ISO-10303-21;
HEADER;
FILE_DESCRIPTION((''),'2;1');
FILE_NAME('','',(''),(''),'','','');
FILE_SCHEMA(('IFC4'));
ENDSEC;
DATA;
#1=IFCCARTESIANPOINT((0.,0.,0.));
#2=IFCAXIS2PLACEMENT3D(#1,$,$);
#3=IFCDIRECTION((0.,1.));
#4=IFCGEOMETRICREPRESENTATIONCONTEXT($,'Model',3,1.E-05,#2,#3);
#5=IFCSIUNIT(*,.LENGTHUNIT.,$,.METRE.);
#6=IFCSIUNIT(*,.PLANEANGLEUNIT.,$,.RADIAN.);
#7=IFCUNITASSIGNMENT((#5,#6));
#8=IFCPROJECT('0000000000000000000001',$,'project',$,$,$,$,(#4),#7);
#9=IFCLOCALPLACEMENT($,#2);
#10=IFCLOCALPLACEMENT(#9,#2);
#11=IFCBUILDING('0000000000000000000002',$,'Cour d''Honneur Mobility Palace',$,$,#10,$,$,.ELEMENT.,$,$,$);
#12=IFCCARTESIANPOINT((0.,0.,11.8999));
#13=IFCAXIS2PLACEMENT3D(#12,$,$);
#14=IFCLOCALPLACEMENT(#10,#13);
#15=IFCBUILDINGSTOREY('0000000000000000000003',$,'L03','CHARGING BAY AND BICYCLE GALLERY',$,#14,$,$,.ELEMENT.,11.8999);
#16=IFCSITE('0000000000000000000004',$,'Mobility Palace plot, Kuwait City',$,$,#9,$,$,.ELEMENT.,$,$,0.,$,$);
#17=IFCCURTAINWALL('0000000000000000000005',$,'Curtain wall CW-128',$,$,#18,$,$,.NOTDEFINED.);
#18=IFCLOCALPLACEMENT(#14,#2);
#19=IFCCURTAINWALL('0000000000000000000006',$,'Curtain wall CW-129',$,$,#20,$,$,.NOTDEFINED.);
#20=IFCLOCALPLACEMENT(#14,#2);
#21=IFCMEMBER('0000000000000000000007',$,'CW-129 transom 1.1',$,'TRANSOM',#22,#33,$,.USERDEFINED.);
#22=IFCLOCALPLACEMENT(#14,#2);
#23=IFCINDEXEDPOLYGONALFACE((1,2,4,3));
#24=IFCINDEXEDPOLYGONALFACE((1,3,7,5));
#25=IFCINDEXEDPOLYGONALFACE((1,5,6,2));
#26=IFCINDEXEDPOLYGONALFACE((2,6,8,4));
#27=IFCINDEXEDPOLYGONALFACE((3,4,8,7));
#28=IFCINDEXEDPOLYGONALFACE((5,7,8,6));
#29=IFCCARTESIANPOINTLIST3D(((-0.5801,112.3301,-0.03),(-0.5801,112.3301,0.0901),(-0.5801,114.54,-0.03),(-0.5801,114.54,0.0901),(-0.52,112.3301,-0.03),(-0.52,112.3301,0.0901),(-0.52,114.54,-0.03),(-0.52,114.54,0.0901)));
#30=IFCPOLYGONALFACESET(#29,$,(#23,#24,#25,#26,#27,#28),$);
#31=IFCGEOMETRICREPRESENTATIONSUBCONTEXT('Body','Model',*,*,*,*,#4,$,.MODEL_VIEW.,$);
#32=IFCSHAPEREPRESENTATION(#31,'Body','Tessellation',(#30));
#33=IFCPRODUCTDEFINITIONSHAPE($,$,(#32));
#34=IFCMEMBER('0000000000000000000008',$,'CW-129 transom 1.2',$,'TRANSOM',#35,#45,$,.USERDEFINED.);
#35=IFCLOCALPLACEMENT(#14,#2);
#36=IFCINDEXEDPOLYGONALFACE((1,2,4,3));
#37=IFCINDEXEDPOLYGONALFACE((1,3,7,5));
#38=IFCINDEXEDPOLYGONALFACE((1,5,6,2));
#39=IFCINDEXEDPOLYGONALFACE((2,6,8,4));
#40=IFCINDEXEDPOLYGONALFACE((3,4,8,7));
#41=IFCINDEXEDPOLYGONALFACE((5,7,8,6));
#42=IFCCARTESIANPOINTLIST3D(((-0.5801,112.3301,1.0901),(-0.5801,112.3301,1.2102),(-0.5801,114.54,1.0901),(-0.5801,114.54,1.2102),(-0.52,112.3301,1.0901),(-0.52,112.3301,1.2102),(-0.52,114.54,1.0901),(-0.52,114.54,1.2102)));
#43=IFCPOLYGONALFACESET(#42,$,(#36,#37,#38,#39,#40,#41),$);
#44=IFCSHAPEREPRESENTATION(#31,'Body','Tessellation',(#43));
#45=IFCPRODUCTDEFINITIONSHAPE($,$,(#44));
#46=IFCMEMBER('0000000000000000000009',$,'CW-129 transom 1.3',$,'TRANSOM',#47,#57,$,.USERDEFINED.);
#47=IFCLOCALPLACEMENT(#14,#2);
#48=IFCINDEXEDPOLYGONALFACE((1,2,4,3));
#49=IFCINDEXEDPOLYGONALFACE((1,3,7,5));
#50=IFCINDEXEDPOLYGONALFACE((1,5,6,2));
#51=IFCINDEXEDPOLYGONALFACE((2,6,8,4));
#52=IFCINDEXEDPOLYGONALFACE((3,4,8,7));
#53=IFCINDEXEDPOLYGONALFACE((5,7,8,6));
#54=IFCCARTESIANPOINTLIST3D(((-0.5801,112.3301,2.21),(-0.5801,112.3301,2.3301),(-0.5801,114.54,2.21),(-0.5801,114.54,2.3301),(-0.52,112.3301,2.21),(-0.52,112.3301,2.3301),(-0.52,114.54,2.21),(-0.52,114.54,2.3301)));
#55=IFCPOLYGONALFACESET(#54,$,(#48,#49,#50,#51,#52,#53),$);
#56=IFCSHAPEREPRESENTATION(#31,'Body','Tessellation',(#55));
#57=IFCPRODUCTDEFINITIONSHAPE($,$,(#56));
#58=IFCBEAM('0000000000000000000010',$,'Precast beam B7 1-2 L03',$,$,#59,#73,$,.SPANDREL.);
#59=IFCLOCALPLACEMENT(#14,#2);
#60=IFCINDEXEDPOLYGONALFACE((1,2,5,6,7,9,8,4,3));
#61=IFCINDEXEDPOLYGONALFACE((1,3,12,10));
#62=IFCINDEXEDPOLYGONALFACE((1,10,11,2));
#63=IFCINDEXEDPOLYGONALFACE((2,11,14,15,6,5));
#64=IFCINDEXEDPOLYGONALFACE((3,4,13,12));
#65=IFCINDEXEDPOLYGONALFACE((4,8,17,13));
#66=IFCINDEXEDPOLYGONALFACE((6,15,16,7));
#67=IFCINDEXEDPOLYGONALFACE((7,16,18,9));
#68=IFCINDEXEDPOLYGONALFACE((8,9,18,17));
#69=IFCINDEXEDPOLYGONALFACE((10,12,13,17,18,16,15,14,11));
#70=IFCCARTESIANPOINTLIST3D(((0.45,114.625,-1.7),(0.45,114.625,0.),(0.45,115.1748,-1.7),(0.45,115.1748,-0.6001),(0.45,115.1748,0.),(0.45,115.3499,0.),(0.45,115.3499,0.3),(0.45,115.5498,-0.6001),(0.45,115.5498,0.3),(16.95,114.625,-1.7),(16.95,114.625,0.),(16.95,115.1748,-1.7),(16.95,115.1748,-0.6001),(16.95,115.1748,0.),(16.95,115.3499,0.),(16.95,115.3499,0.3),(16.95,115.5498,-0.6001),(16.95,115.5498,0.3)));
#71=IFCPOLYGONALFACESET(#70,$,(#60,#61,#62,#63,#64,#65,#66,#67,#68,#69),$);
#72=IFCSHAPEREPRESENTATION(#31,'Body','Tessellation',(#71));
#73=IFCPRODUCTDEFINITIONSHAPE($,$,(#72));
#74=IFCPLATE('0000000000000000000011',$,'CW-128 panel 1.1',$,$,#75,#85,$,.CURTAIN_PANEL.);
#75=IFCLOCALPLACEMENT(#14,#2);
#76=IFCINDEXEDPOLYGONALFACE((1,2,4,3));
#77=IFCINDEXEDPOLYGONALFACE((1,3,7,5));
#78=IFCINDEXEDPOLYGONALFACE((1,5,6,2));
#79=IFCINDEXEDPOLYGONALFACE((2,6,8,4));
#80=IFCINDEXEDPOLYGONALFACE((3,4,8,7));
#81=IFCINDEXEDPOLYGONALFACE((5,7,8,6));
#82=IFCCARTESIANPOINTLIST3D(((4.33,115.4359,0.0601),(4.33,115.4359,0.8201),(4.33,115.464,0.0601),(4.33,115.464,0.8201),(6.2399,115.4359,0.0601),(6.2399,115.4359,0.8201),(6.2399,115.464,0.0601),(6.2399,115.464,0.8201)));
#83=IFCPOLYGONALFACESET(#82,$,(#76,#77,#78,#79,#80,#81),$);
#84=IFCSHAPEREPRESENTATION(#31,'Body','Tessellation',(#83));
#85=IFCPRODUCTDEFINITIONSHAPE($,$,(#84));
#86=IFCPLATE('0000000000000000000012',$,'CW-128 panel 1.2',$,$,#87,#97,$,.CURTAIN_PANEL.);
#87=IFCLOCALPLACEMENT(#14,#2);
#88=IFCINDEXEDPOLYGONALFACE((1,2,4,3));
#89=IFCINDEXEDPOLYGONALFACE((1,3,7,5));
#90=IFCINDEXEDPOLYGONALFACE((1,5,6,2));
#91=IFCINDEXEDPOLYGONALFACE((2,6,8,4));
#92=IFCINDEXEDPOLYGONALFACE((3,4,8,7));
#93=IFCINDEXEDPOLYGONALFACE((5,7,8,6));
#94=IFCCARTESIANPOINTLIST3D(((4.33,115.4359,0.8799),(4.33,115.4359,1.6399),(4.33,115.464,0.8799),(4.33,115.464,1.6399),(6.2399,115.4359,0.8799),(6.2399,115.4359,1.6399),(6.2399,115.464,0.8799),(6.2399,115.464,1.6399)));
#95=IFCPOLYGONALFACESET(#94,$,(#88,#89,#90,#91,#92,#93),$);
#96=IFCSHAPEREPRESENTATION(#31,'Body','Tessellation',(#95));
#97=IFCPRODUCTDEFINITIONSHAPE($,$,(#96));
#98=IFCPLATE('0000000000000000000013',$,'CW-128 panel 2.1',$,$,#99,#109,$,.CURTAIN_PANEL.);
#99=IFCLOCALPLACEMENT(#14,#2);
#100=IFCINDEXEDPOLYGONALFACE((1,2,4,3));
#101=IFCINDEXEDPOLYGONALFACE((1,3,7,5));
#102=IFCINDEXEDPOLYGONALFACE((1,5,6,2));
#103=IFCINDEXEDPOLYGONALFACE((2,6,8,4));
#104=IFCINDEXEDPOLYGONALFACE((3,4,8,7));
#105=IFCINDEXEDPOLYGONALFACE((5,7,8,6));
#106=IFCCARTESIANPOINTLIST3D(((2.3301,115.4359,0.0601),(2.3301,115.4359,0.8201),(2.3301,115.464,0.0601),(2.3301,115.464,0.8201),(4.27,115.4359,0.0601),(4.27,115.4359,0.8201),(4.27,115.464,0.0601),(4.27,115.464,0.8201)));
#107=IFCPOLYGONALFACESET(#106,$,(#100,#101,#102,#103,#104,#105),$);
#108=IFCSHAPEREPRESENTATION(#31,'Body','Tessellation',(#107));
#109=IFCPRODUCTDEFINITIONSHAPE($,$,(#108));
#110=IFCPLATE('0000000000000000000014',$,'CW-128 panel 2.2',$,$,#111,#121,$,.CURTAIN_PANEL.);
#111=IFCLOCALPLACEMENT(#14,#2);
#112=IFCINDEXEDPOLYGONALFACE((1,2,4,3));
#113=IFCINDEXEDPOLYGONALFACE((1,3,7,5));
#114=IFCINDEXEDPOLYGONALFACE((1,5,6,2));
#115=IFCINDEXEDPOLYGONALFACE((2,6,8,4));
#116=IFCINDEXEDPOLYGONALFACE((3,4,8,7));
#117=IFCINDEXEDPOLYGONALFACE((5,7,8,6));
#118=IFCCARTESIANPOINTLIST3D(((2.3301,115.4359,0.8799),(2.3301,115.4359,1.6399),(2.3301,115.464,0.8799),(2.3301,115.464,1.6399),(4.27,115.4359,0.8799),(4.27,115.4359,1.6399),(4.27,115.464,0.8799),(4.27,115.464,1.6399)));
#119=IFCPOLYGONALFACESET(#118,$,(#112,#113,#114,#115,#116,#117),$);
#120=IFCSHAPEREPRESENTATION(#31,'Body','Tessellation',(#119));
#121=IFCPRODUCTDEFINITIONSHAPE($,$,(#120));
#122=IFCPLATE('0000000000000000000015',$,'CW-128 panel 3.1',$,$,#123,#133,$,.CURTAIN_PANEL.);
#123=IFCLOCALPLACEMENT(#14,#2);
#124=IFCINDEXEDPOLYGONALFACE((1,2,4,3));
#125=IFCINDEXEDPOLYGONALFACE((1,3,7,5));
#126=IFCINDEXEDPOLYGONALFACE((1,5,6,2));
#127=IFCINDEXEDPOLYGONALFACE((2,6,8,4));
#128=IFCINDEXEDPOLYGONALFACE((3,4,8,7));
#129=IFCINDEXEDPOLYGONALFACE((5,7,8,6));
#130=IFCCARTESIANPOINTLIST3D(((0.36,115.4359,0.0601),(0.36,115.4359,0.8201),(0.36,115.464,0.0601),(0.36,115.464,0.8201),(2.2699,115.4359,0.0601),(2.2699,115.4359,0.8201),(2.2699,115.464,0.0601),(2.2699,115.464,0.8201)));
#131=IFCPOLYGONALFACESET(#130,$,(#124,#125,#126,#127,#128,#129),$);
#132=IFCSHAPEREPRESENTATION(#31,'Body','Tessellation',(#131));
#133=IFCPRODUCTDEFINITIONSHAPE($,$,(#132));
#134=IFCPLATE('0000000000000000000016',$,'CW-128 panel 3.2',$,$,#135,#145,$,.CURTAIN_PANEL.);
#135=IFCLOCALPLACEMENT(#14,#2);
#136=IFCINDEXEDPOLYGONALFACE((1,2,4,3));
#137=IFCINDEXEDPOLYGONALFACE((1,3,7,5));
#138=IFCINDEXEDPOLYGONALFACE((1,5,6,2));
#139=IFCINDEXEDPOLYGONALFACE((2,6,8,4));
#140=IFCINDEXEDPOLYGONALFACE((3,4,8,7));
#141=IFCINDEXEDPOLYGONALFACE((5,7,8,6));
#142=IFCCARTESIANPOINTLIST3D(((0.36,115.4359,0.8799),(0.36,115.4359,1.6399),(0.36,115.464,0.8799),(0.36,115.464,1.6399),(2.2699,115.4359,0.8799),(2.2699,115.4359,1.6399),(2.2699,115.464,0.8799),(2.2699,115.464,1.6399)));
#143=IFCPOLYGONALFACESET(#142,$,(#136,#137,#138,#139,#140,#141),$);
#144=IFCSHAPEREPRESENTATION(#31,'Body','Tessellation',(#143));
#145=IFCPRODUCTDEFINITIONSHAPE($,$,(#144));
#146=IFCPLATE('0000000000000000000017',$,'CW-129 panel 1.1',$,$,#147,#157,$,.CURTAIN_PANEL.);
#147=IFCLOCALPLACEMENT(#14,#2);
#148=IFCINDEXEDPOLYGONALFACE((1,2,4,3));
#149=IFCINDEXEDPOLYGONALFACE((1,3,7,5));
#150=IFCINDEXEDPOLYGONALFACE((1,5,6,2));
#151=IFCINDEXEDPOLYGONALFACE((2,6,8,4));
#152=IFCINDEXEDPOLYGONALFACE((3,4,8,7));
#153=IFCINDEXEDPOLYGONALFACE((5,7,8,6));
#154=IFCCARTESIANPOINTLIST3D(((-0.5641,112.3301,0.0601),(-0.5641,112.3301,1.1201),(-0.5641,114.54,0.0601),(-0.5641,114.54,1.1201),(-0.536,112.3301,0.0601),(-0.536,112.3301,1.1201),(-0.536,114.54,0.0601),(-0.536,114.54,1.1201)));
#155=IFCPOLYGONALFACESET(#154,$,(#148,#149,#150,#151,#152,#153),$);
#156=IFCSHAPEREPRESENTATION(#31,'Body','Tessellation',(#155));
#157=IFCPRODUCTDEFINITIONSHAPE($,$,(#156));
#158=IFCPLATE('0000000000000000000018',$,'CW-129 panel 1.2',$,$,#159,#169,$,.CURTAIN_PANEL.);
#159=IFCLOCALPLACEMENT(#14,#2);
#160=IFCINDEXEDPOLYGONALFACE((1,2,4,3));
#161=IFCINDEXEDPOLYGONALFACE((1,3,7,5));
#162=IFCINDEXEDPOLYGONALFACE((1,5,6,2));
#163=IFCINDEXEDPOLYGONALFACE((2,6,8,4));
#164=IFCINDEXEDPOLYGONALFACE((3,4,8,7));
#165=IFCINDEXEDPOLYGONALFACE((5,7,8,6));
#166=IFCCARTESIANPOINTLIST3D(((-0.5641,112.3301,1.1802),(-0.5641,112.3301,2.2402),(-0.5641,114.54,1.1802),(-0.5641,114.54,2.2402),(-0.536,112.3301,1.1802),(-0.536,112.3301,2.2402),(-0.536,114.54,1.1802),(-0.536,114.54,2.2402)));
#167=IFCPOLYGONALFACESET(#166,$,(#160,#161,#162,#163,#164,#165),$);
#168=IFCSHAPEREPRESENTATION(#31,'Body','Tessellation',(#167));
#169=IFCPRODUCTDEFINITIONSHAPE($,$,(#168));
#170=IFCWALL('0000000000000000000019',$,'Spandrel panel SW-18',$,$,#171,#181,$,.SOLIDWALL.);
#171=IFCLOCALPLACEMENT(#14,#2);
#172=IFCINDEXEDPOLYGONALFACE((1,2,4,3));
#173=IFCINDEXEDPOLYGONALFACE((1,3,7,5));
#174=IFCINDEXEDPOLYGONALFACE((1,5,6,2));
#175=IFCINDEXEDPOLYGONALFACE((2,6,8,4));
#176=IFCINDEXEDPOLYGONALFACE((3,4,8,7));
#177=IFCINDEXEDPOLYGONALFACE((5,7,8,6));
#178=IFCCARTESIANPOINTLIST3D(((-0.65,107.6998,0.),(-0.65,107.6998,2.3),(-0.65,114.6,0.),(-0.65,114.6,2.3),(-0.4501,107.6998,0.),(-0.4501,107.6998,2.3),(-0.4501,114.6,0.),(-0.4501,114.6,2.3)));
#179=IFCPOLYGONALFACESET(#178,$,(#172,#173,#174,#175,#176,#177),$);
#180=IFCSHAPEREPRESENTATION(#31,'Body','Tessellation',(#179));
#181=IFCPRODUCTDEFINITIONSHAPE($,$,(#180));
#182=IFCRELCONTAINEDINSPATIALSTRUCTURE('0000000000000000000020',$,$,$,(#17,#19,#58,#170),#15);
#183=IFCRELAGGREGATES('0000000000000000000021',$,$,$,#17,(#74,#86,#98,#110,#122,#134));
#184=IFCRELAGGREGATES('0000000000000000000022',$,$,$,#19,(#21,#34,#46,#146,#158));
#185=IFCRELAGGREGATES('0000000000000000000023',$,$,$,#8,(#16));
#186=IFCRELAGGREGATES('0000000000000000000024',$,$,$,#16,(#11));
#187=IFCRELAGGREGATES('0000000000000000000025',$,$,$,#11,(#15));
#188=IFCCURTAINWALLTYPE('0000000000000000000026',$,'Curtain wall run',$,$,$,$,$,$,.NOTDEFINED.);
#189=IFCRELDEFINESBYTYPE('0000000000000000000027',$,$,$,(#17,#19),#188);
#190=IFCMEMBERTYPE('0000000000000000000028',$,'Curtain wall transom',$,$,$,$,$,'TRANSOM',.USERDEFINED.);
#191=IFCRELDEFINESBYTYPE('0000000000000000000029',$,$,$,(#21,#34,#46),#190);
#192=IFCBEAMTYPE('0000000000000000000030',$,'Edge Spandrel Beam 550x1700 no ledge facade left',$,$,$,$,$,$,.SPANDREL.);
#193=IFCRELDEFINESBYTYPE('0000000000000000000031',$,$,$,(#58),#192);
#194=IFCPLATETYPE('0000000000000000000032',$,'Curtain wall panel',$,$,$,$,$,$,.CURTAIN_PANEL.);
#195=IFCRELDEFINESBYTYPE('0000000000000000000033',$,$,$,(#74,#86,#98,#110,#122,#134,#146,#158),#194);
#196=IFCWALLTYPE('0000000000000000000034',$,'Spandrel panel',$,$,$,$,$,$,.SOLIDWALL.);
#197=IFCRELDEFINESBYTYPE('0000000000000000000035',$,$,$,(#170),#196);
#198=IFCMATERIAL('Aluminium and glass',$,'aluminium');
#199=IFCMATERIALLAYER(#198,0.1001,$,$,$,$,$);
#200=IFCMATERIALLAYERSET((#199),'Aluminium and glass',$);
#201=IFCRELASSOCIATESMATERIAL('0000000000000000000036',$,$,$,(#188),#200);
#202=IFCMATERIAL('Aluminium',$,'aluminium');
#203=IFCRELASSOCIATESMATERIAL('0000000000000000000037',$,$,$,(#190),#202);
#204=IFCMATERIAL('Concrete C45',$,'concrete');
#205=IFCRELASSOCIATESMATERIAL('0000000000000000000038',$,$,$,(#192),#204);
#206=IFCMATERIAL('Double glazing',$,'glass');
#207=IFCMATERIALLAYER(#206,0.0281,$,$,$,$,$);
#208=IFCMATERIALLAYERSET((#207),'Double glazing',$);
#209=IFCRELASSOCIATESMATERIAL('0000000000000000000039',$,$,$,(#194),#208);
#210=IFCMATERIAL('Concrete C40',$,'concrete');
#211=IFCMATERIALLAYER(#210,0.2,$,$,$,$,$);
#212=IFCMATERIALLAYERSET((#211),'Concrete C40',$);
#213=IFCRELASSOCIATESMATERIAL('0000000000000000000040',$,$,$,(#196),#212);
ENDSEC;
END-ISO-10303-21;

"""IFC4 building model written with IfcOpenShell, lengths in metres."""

from ifc_helpers import new_model, si_unit, direction, frame, frame_2d, origin, origin_2d, place, context, subcontext, project, spatial, polyline, rectangle, outline, extrude, material, layer, layer_set, material_profile, profile_set, type_object, element, aggregate, save


model = new_model("IFC4")

# Units and contexts
model_context = context("Model", 3, precision=1e-05, world=origin(), true_north=direction((0.0, 1.0)))
body_context = subcontext(model_context, "Body", "Model", "MODEL_VIEW")
ifc_project = project(units=[si_unit("LENGTHUNIT", "METRE"), si_unit("PLANEANGLEUNIT", "RADIAN")], contexts=[model_context])

# Site, building, storey
site_placement = place(None, origin())
site = spatial("IfcSite", under=ifc_project, at=site_placement, Name="Mobility Palace plot, Kuwait City", CompositionType="ELEMENT", RefElevation=0.0)
building_placement = place(site_placement, origin())
building = spatial("IfcBuilding", under=site, at=building_placement, Name="Cour d'Honneur Mobility Palace", CompositionType="ELEMENT")
storey_placement = place(building_placement, frame((0.0, 0.0, 11.8999)))
storey = spatial("IfcBuildingStorey", under=building, at=storey_placement, Name="L03", Description="CHARGING BAY AND BICYCLE GALLERY", CompositionType="ELEMENT", Elevation=11.8999)

# Curtain wall
ifc_material_1 = material(Name="Aluminium and glass", Category="aluminium")
ifc_layer_1 = layer(ifc_material_1, 0.1001)
ifc_layer_set_1 = layer_set([ifc_layer_1], Name="Aluminium and glass")
curtain_wall_type = type_object("IfcCurtainWallType", Name="Curtain wall run", PredefinedType="NOTDEFINED", material=ifc_layer_set_1)
curtain_wall_1_placement = place(storey_placement, origin())
curtain_wall_1 = element("IfcCurtainWall", 1, at=curtain_wall_1_placement, inside=storey, type_object=curtain_wall_type, Name="Curtain wall CW-128", PredefinedType="NOTDEFINED")

# Curtain wall
curtain_wall_2_placement = place(storey_placement, origin())
curtain_wall_2 = element("IfcCurtainWall", 2, at=curtain_wall_2_placement, inside=storey, type_object=curtain_wall_type, Name="Curtain wall CW-129", PredefinedType="NOTDEFINED")

# Members
ifc_material_2 = material(Name="Aluminium", Category="aluminium")
ifc_material_profile_1 = material_profile(ifc_material_2, rectangle(XDim=0.0601, YDim=0.1201, at=origin_2d()), Name="Curtain wall transom")
ifc_profile_set_1 = profile_set([ifc_material_profile_1], Name="Aluminium")
member_type_1 = type_object("IfcMemberType", Name="Curtain wall transom", ElementType="TRANSOM", PredefinedType="USERDEFINED", material=ifc_profile_set_1)
member_1_placement = place(storey_placement, frame((-0.55, 114.54, 0.03), z_axis=(0.0, -1.0, 0.0), x_axis=(1.0, 0.0, 0.0)))
member_1 = element("IfcMember", 3, at=member_1_placement, type_object=member_type_1, Name="CW-129 transom 1.1", ObjectType="TRANSOM", PredefinedType="USERDEFINED", context=body_context, shape_type="SweptSolid", body=[
    extrude(rectangle(XDim=0.0601, YDim=0.1201, at=origin_2d()), origin(), (0.0, 0.0, 1.0), 2.21),
])
member_2_placement = place(storey_placement, frame((-0.55, 114.54, 1.1501), z_axis=(0.0, -1.0, 0.0), x_axis=(1.0, 0.0, 0.0)))
member_2 = element("IfcMember", 4, at=member_2_placement, type_object=member_type_1, Name="CW-129 transom 1.2", ObjectType="TRANSOM", PredefinedType="USERDEFINED", context=body_context, shape_type="SweptSolid", body=[
    extrude(rectangle(XDim=0.0601, YDim=0.1201, at=origin_2d()), origin(), (0.0, 0.0, 1.0), 2.21),
])
member_3_placement = place(storey_placement, frame((-0.55, 114.54, 2.27), z_axis=(0.0, -1.0, 0.0), x_axis=(1.0, 0.0, 0.0)))
member_3 = element("IfcMember", 5, at=member_3_placement, type_object=member_type_1, Name="CW-129 transom 1.3", ObjectType="TRANSOM", PredefinedType="USERDEFINED", context=body_context, shape_type="SweptSolid", body=[
    extrude(rectangle(XDim=0.0601, YDim=0.1201, at=origin_2d()), origin(), (0.0, 0.0, 1.0), 2.21),
])

# Beam
ifc_material_3 = material(Name="Concrete C45", Category="concrete")
ifc_material_profile_2 = material_profile(ifc_material_3, outline(polyline([(0.2749, -1.7), (0.2749, -0.6001), (0.6499, -0.6001), (0.6499, 0.3), (0.45, 0.3), (0.45, 0.0), (0.2749, 0.0), (-0.2749, 0.0), (-0.2749, -1.7), (0.2749, -1.7)])), Name="Edge Spandrel Beam 550x1700 no ledge facade left")
ifc_profile_set_2 = profile_set([ifc_material_profile_2], Name="Concrete C45")
beam_type = type_object("IfcBeamType", Name="Edge Spandrel Beam 550x1700 no ledge facade left", PredefinedType="SPANDREL", material=ifc_profile_set_2)
beam_placement = place(storey_placement, frame((0.45, 114.8999, 0.0), z_axis=(1.0, 0.0, 0.0), x_axis=(0.0, 1.0, 0.0)))
element("IfcBeam", 6, at=beam_placement, inside=storey, type_object=beam_type, Name="Precast beam B7 1-2 L03", PredefinedType="SPANDREL", context=body_context, shape_type="SweptSolid", body=[
    extrude(outline(polyline([(0.2749, -1.7), (0.2749, -0.6001), (0.6499, -0.6001), (0.6499, 0.3), (0.45, 0.3), (0.45, 0.0), (0.2749, 0.0), (-0.2749, 0.0), (-0.2749, -1.7), (0.2749, -1.7)])), origin(), (0.0, 0.0, 1.0), 16.5),
])

# Plates
ifc_material_4 = material(Name="Double glazing", Category="glass")
ifc_layer_2 = layer(ifc_material_4, 0.0281)
ifc_layer_set_2 = layer_set([ifc_layer_2], Name="Double glazing")
plate_type = type_object("IfcPlateType", Name="Curtain wall panel", PredefinedType="CURTAIN_PANEL", material=ifc_layer_set_2)
plate_1_placement = place(storey_placement, frame((5.2849, 115.45, 0.0601), z_axis=(0.0, 0.0, 1.0), x_axis=(-1.0, 0.0, 0.0)))
plate_1 = element("IfcPlate", 7, at=plate_1_placement, type_object=plate_type, Name="CW-128 panel 1.1", PredefinedType="CURTAIN_PANEL", context=body_context, shape_type="SweptSolid", body=[
    extrude(rectangle(XDim=1.9099, YDim=0.0281, at=origin_2d()), origin(), (0.0, 0.0, 1.0), 0.76),
])
plate_2_placement = place(storey_placement, frame((5.2849, 115.45, 0.8799), z_axis=(0.0, 0.0, 1.0), x_axis=(-1.0, 0.0, 0.0)))
plate_2 = element("IfcPlate", 8, at=plate_2_placement, type_object=plate_type, Name="CW-128 panel 1.2", PredefinedType="CURTAIN_PANEL", context=body_context, shape_type="SweptSolid", body=[
    extrude(rectangle(XDim=1.9099, YDim=0.0281, at=origin_2d()), origin(), (0.0, 0.0, 1.0), 0.76),
])
plate_3_placement = place(storey_placement, frame((3.3, 115.45, 0.0601), z_axis=(0.0, 0.0, 1.0), x_axis=(-1.0, 0.0, 0.0)))
plate_3 = element("IfcPlate", 9, at=plate_3_placement, type_object=plate_type, Name="CW-128 panel 2.1", PredefinedType="CURTAIN_PANEL", context=body_context, shape_type="SweptSolid", body=[
    extrude(rectangle(XDim=1.9399, YDim=0.0281, at=origin_2d()), origin(), (0.0, 0.0, 1.0), 0.76),
])
plate_4_placement = place(storey_placement, frame((3.3, 115.45, 0.8799), z_axis=(0.0, 0.0, 1.0), x_axis=(-1.0, 0.0, 0.0)))
plate_4 = element("IfcPlate", 10, at=plate_4_placement, type_object=plate_type, Name="CW-128 panel 2.2", PredefinedType="CURTAIN_PANEL", context=body_context, shape_type="SweptSolid", body=[
    extrude(rectangle(XDim=1.9399, YDim=0.0281, at=origin_2d()), origin(), (0.0, 0.0, 1.0), 0.76),
])
plate_5_placement = place(storey_placement, frame((1.3149, 115.45, 0.0601), z_axis=(0.0, 0.0, 1.0), x_axis=(-1.0, 0.0, 0.0)))
plate_5 = element("IfcPlate", 11, at=plate_5_placement, type_object=plate_type, Name="CW-128 panel 3.1", PredefinedType="CURTAIN_PANEL", context=body_context, shape_type="SweptSolid", body=[
    extrude(rectangle(XDim=1.9099, YDim=0.0281, at=origin_2d()), origin(), (0.0, 0.0, 1.0), 0.76),
])
plate_6_placement = place(storey_placement, frame((1.3149, 115.45, 0.8799), z_axis=(0.0, 0.0, 1.0), x_axis=(-1.0, 0.0, 0.0)))
plate_6 = element("IfcPlate", 12, at=plate_6_placement, type_object=plate_type, Name="CW-128 panel 3.2", PredefinedType="CURTAIN_PANEL", context=body_context, shape_type="SweptSolid", body=[
    extrude(rectangle(XDim=1.9099, YDim=0.0281, at=origin_2d()), origin(), (0.0, 0.0, 1.0), 0.76),
])
aggregate(curtain_wall_1, [plate_1, plate_2, plate_3, plate_4, plate_5, plate_6])
plate_7_placement = place(storey_placement, frame((-0.55, 113.4351, 0.0601), z_axis=(0.0, 0.0, 1.0), x_axis=(0.0, -1.0, 0.0)))
plate_7 = element("IfcPlate", 13, at=plate_7_placement, type_object=plate_type, Name="CW-129 panel 1.1", PredefinedType="CURTAIN_PANEL", context=body_context, shape_type="SweptSolid", body=[
    extrude(rectangle(XDim=2.21, YDim=0.0281, at=origin_2d()), origin(), (0.0, 0.0, 1.0), 1.0601),
])
plate_8_placement = place(storey_placement, frame((-0.55, 113.4351, 1.1802), z_axis=(0.0, 0.0, 1.0), x_axis=(0.0, -1.0, 0.0)))
plate_8 = element("IfcPlate", 14, at=plate_8_placement, type_object=plate_type, Name="CW-129 panel 1.2", PredefinedType="CURTAIN_PANEL", context=body_context, shape_type="SweptSolid", body=[
    extrude(rectangle(XDim=2.21, YDim=0.0281, at=origin_2d()), origin(), (0.0, 0.0, 1.0), 1.0601),
])
aggregate(curtain_wall_2, [member_1, member_2, member_3, plate_7, plate_8])

# Wall
ifc_material_5 = material(Name="Concrete C40", Category="concrete")
ifc_layer_3 = layer(ifc_material_5, 0.2)
ifc_layer_set_3 = layer_set([ifc_layer_3], Name="Concrete C40")
wall_type_1 = type_object("IfcWallType", Name="Spandrel panel", PredefinedType="SOLIDWALL", material=ifc_layer_set_3)
wall_1_placement = place(storey_placement, frame((-0.55, 114.6001, 0.0), z_axis=(0.0, 0.0, 1.0), x_axis=(0.0, -1.0, 0.0)))
element("IfcWall", 15, at=wall_1_placement, inside=storey, type_object=wall_type_1, Name="Spandrel panel SW-18", PredefinedType="SOLIDWALL", context=body_context, shape_type="SweptSolid", body=[
    extrude(rectangle(XDim=6.9001, YDim=0.2, at=frame_2d((3.4502, 0.0))), origin(), (0.0, 0.0, 1.0), 2.3),
])

save(model, "model.ifc")
